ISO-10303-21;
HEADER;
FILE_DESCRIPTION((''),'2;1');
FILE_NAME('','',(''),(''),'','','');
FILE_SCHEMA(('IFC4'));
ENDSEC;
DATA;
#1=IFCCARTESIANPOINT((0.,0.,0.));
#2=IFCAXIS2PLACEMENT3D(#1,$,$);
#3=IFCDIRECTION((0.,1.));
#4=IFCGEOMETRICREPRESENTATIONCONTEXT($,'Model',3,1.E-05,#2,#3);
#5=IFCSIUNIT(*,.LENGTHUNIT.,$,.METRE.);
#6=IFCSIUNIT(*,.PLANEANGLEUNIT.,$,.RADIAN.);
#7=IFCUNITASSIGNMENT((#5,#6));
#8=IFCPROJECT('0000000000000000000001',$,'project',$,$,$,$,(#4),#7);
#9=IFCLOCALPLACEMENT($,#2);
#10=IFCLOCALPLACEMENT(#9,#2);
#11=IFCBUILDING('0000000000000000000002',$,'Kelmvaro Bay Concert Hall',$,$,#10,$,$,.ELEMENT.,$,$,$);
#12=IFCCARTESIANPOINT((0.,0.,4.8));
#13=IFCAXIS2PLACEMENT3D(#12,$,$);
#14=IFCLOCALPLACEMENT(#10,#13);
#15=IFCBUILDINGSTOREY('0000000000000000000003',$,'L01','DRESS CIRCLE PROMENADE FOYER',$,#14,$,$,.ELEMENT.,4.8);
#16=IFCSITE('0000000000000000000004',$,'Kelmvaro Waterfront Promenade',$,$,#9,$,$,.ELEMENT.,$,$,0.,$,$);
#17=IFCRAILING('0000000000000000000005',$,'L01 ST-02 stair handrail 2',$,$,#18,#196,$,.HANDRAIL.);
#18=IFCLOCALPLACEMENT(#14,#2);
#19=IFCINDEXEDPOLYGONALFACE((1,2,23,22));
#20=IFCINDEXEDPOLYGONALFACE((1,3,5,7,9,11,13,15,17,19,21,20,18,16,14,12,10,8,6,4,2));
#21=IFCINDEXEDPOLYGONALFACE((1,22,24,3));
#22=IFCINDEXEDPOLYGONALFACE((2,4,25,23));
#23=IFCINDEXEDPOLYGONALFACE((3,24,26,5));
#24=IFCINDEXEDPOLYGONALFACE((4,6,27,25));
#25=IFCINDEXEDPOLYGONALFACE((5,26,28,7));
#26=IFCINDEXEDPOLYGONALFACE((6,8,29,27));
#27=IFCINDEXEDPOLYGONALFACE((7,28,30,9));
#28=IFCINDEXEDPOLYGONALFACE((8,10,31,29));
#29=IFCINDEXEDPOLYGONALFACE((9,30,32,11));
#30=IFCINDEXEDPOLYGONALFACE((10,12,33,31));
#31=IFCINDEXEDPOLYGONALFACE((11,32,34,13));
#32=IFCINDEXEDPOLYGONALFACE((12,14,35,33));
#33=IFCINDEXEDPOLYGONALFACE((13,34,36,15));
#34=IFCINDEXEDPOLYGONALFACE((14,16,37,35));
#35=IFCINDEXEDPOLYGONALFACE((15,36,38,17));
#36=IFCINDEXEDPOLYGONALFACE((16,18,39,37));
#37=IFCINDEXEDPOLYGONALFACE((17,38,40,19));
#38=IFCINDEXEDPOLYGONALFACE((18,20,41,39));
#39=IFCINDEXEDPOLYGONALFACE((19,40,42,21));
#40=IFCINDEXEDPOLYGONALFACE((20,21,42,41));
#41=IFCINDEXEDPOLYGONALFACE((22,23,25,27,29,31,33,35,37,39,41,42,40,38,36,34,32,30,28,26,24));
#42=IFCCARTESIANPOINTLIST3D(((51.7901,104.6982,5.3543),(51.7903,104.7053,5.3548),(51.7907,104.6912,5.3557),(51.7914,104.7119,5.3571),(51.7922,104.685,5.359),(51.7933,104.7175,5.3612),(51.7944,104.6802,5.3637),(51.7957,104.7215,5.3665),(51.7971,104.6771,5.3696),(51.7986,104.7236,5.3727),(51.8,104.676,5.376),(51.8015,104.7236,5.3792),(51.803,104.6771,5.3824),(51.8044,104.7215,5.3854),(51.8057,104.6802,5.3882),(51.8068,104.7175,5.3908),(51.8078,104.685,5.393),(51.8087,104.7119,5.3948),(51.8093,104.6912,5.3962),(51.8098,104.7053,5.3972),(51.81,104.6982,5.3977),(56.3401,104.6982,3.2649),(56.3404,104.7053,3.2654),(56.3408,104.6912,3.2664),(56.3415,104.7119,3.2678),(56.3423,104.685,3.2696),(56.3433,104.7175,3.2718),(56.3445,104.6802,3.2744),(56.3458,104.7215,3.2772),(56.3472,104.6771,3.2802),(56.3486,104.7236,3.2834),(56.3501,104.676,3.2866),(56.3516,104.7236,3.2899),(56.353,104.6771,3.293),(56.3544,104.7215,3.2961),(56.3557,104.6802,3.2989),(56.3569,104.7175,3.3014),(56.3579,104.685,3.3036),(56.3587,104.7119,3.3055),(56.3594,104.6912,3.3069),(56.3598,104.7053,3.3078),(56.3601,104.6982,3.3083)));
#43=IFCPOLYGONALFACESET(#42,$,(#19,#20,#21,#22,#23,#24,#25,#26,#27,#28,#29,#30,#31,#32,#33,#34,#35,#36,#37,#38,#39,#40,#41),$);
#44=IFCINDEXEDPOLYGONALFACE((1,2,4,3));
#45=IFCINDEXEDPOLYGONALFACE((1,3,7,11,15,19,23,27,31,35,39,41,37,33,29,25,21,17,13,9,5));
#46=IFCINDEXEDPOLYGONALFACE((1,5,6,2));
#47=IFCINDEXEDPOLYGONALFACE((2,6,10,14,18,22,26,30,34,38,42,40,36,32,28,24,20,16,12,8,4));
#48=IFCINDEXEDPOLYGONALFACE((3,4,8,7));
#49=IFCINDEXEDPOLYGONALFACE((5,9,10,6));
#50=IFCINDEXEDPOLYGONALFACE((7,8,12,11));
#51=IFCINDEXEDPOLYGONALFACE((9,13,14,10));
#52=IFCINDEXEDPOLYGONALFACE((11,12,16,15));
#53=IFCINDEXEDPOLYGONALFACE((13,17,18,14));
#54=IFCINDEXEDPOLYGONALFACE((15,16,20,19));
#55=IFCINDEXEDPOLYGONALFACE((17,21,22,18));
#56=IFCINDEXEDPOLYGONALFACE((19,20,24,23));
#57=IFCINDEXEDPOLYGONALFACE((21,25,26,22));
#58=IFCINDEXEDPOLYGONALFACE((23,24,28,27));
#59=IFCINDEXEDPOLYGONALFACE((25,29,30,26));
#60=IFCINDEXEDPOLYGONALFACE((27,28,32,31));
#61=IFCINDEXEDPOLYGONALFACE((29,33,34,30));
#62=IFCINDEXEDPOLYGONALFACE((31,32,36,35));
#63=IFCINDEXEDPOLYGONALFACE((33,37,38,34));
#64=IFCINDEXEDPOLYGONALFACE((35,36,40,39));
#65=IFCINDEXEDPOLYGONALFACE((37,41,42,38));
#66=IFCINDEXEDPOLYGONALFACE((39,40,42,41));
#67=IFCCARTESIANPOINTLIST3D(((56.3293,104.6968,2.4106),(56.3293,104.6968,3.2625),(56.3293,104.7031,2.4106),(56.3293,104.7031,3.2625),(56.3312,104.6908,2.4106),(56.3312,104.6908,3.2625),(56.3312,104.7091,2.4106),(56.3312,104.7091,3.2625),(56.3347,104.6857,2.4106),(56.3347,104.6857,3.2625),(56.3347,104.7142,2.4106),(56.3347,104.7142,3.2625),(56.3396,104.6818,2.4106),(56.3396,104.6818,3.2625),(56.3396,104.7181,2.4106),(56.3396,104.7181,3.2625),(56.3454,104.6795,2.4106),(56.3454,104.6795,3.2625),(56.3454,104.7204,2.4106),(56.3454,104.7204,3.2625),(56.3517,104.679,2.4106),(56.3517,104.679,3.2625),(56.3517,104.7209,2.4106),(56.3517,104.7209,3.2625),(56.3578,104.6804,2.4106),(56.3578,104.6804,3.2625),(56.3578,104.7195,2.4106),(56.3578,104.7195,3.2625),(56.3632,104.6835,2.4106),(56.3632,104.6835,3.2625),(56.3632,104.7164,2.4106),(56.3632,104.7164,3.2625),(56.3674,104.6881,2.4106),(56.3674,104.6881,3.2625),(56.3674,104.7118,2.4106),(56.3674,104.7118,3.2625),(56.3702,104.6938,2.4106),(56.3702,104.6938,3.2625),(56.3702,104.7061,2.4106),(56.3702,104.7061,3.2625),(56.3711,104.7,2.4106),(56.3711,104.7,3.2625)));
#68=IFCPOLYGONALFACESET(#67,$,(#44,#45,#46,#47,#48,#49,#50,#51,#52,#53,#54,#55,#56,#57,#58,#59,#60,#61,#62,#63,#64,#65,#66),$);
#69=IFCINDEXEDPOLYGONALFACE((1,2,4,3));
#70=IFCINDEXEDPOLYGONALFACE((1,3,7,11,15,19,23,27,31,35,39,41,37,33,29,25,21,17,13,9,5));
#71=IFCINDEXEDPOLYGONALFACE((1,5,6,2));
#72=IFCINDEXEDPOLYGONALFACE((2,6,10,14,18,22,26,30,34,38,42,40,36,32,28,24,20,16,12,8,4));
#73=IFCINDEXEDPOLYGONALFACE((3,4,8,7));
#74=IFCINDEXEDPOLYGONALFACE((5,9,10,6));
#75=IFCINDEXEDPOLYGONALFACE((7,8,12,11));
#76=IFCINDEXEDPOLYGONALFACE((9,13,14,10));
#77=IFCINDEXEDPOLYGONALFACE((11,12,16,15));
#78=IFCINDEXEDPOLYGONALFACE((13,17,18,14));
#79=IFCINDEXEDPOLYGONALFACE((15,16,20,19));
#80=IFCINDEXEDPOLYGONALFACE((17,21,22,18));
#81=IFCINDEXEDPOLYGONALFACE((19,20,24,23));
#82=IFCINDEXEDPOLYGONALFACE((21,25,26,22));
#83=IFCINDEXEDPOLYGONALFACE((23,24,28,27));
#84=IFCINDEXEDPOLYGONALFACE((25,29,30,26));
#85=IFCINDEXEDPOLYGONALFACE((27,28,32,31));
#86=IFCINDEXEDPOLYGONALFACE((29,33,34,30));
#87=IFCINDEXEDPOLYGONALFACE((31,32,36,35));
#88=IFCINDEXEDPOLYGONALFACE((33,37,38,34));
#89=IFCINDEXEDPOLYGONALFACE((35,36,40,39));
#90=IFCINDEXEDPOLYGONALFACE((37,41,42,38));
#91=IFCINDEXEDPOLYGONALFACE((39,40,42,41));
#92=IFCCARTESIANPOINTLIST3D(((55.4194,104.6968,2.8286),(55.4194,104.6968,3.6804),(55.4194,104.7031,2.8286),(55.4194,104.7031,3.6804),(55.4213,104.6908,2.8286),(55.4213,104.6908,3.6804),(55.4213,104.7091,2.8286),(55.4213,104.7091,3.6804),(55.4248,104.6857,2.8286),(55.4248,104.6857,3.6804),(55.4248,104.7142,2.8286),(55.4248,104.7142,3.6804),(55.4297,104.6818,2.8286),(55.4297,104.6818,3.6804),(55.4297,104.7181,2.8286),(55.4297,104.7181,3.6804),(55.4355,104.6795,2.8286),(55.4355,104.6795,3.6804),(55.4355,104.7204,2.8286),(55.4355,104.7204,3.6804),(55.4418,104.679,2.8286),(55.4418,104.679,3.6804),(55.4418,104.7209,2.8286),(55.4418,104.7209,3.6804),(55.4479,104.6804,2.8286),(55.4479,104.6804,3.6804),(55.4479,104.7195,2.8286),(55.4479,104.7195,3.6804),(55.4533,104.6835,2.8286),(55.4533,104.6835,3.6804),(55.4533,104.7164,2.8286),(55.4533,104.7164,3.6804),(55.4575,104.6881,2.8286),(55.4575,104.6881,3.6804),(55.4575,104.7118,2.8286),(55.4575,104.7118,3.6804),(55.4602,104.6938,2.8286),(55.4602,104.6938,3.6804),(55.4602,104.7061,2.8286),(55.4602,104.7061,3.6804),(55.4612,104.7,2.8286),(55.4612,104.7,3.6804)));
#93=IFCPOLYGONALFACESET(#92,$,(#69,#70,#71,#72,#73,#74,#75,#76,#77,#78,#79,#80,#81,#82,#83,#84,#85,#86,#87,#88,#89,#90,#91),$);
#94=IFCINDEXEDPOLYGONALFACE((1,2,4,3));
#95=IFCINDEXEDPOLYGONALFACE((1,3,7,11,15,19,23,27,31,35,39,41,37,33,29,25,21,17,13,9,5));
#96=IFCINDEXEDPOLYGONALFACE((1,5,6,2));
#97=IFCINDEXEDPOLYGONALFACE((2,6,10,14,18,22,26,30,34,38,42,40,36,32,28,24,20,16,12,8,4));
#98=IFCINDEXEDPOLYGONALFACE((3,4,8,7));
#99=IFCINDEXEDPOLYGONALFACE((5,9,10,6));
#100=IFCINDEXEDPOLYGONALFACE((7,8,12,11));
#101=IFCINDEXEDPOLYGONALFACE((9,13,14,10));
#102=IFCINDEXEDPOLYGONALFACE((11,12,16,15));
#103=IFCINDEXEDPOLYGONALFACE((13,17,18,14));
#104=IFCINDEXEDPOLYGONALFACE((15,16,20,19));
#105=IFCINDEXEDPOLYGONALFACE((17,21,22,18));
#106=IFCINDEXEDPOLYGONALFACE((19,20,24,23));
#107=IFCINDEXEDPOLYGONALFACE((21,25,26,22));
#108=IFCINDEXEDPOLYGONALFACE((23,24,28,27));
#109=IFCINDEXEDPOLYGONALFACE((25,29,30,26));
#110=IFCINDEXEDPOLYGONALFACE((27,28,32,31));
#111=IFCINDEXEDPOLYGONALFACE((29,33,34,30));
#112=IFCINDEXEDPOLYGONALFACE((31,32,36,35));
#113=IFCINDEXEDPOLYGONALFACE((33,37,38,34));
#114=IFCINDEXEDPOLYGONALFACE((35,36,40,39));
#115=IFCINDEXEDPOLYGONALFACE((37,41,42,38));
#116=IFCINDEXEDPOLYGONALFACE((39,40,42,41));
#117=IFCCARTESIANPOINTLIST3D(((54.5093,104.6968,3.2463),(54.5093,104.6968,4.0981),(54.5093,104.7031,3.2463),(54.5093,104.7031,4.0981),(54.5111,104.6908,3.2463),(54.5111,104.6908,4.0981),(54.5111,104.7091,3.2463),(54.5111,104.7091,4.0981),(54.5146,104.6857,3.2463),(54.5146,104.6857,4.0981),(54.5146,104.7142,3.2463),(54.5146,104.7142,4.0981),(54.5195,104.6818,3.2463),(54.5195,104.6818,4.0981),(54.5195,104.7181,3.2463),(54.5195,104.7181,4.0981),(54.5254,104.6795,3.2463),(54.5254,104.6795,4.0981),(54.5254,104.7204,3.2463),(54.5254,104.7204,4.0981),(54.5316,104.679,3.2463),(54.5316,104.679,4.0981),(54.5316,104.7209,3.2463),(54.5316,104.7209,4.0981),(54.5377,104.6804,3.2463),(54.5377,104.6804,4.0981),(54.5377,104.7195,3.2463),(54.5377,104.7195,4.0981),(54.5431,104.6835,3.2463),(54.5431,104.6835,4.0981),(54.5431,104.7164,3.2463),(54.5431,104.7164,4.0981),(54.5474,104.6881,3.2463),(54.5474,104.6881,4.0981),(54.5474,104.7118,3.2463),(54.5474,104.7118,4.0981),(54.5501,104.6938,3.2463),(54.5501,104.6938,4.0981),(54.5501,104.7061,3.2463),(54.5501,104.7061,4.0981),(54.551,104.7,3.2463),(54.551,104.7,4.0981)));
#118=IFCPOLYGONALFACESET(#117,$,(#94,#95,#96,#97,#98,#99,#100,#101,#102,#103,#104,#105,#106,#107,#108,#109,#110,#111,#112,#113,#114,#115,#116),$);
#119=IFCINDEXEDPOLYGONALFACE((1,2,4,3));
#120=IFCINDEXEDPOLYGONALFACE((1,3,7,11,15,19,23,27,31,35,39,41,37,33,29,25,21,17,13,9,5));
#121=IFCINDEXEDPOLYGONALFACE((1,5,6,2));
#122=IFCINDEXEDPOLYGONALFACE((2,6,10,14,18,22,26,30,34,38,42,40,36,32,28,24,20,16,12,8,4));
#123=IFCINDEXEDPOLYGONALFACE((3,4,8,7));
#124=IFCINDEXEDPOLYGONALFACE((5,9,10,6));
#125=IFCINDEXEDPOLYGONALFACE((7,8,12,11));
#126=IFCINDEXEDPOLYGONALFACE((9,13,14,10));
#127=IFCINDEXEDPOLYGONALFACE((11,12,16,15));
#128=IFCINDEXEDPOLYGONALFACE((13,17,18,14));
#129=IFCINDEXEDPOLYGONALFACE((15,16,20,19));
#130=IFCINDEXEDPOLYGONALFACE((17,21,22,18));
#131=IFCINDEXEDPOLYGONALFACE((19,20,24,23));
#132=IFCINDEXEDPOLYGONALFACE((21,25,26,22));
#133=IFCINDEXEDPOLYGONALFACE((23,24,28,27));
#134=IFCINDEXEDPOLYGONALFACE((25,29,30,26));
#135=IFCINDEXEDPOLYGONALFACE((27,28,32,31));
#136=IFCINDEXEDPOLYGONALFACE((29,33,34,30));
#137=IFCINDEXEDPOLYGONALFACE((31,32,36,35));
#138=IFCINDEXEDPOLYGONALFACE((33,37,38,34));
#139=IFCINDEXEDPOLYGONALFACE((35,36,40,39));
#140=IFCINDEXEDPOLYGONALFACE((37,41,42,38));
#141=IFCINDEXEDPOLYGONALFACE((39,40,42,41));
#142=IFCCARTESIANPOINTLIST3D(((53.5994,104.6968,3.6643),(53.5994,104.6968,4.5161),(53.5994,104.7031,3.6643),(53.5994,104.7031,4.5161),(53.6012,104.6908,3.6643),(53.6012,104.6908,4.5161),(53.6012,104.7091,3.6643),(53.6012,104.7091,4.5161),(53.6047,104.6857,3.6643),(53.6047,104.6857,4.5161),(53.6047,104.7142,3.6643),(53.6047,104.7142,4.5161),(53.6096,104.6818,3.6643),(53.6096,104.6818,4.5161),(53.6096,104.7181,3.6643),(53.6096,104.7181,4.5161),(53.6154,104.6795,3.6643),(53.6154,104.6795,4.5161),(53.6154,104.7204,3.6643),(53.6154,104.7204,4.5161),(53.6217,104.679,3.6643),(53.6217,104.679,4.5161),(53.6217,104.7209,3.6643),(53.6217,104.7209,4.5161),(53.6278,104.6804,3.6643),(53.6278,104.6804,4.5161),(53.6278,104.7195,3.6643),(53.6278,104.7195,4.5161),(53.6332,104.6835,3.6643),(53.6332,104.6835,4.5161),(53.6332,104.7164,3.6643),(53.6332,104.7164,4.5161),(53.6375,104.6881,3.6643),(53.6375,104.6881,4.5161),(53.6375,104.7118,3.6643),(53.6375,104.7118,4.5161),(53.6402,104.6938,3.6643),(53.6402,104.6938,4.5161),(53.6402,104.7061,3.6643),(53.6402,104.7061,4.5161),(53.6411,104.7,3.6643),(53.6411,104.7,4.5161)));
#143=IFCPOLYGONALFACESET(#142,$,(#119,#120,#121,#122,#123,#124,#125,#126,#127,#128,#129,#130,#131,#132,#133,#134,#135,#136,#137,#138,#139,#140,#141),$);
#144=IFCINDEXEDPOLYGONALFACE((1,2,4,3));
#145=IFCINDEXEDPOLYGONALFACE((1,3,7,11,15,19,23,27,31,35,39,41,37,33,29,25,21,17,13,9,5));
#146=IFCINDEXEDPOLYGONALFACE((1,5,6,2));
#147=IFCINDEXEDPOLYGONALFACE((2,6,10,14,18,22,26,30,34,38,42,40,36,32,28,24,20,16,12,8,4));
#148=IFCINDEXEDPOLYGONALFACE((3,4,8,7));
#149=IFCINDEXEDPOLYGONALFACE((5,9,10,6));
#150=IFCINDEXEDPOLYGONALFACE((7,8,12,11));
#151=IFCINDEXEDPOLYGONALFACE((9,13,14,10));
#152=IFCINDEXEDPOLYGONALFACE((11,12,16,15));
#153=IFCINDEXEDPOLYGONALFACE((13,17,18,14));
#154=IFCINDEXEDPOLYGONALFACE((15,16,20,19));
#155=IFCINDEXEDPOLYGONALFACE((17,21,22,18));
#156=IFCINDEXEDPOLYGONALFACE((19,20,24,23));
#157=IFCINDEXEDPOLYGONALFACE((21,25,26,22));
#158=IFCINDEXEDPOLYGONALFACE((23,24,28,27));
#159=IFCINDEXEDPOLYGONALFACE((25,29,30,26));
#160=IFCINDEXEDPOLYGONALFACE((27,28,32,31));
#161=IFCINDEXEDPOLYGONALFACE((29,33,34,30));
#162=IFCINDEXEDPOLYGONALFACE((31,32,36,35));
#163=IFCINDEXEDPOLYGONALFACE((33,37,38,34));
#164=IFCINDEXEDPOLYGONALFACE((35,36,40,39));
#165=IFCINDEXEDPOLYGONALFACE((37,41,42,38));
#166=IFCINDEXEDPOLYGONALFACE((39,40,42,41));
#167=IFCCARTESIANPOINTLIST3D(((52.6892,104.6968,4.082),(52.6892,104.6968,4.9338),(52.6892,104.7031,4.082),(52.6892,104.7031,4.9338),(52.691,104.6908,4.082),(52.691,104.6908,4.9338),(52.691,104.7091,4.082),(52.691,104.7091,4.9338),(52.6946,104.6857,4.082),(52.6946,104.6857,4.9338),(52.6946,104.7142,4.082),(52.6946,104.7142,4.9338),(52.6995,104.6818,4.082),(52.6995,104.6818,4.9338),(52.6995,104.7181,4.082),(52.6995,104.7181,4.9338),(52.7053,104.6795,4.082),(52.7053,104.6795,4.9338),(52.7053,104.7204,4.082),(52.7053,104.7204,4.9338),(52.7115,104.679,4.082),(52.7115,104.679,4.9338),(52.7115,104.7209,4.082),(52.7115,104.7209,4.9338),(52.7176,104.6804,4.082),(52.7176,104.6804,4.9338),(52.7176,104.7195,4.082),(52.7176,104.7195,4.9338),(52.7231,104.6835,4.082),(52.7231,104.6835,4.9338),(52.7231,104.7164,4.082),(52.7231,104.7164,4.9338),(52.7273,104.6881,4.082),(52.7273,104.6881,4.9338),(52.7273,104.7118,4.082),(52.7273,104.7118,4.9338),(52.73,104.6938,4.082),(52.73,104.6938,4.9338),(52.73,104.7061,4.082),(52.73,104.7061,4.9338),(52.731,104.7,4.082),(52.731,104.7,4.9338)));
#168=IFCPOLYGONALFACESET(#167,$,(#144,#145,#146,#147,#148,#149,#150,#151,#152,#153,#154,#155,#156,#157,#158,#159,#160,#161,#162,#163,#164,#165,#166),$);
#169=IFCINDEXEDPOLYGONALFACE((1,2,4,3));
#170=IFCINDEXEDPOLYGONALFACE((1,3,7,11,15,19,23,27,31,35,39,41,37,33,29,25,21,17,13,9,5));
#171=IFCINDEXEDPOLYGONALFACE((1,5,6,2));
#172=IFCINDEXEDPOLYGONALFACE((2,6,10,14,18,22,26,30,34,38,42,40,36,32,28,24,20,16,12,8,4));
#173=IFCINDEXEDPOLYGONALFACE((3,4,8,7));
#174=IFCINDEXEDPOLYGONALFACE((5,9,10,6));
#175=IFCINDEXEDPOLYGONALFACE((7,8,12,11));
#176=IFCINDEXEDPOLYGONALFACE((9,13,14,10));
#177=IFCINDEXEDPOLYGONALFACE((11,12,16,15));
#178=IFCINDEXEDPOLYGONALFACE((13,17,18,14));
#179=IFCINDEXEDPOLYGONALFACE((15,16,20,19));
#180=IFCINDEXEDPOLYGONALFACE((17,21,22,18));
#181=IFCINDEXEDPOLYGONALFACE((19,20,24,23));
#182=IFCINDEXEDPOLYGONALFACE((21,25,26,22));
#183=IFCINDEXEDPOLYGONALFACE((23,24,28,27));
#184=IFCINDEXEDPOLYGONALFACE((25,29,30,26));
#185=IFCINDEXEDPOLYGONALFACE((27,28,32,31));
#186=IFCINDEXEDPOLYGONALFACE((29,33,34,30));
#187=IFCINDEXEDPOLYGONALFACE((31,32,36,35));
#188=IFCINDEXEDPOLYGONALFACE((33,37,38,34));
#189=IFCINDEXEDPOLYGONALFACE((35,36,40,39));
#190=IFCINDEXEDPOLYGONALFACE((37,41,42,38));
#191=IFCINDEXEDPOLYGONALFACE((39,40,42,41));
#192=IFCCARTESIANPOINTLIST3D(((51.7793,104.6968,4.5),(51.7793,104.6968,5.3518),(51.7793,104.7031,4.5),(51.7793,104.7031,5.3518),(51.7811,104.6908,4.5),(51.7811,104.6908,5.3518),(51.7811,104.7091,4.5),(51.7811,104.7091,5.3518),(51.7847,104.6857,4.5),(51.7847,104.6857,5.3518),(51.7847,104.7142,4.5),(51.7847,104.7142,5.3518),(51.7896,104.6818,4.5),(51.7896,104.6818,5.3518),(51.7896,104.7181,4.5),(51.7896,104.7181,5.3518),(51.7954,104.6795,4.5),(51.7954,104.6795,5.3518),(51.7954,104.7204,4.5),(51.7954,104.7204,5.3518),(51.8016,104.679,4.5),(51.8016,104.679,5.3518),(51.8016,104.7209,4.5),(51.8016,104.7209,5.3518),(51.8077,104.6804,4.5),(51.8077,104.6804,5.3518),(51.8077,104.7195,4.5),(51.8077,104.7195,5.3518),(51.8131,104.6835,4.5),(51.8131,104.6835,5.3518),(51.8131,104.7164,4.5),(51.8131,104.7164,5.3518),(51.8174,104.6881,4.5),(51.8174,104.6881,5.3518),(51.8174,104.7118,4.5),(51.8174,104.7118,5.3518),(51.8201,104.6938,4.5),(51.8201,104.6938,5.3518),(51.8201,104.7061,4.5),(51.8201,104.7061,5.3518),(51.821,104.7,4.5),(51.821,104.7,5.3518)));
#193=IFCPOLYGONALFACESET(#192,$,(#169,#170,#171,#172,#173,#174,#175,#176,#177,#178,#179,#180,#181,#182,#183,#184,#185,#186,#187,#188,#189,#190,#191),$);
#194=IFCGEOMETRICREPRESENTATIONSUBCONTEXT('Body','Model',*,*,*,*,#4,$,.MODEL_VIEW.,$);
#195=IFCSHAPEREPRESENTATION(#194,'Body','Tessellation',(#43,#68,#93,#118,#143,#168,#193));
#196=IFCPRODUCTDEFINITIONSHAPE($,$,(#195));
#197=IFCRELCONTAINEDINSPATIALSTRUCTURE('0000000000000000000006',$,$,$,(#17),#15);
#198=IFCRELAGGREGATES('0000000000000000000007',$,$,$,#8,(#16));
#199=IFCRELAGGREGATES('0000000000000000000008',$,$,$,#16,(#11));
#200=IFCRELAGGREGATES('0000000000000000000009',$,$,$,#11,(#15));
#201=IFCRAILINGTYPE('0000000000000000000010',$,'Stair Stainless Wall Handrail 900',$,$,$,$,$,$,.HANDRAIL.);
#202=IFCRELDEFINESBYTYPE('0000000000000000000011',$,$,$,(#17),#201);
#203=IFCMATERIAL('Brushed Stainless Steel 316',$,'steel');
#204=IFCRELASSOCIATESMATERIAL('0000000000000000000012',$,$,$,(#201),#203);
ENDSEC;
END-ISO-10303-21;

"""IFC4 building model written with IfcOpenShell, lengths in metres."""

from ifc_helpers import new_model, si_unit, direction, frame, origin, origin_2d, place, context, subcontext, project, spatial, circle, extrude, material, type_object, element, save


model = new_model("IFC4")

# Units and contexts
model_context = context("Model", 3, precision=1e-05, world=origin(), true_north=direction((0.0, 1.0)))
body_context = subcontext(model_context, "Body", "Model", "MODEL_VIEW")
ifc_project = project(units=[si_unit("LENGTHUNIT", "METRE"), si_unit("PLANEANGLEUNIT", "RADIAN")], contexts=[model_context])

# Site, building, storey
site_placement = place(None, origin())
site = spatial("IfcSite", under=ifc_project, at=site_placement, Name="Kelmvaro Waterfront Promenade", CompositionType="ELEMENT", RefElevation=0.0)
building_placement = place(site_placement, origin())
building = spatial("IfcBuilding", under=site, at=building_placement, Name="Kelmvaro Bay Concert Hall", CompositionType="ELEMENT")
storey_placement = place(building_placement, frame((0.0, 0.0, 4.8)))
storey = spatial("IfcBuildingStorey", under=building, at=storey_placement, Name="L01", Description="DRESS CIRCLE PROMENADE FOYER", CompositionType="ELEMENT", Elevation=4.8)

# Railing
ifc_material_1 = material(Name="Brushed Stainless Steel 316", Category="steel")
railing_type_1 = type_object("IfcRailingType", Name="Stair Stainless Wall Handrail 900", PredefinedType="HANDRAIL", material=ifc_material_1)
railing_1_placement = place(storey_placement, frame((56.3501, 104.7, 2.4106)))
element("IfcRailing", 1, at=railing_1_placement, inside=storey, type_object=railing_type_1, Name="L01 ST-02 stair handrail 2", PredefinedType="HANDRAIL", context=body_context, shape_type="SweptSolid", body=[
    extrude(circle(Radius=0.0239, at=origin_2d()), frame((0.0, 0.0, 0.876), z_axis=(-0.908768, 0.0, 0.417301), x_axis=(0.0, -1.0, 0.0)), (0.0, 0.0, 1.0), 5.0068),
    extrude(circle(Radius=0.021, at=origin_2d()), origin(), (0.0, 0.0, 1.0), 0.8518),
    extrude(circle(Radius=0.021, at=origin_2d()), frame((-0.9099, 0.0, 0.418)), (0.0, 0.0, 1.0), 0.8518),
    extrude(circle(Radius=0.021, at=origin_2d()), frame((-1.8201, 0.0, 0.8357)), (0.0, 0.0, 1.0), 0.8518),
    extrude(circle(Radius=0.021, at=origin_2d()), frame((-2.73, 0.0, 1.2537)), (0.0, 0.0, 1.0), 0.8518),
    extrude(circle(Radius=0.021, at=origin_2d()), frame((-3.6401, 0.0, 1.6714)), (0.0, 0.0, 1.0), 0.8518),
    extrude(circle(Radius=0.021, at=origin_2d()), frame((-4.55, 0.0, 2.0894)), (0.0, 0.0, 1.0), 0.8518),
])

save(model, "model.ifc")
